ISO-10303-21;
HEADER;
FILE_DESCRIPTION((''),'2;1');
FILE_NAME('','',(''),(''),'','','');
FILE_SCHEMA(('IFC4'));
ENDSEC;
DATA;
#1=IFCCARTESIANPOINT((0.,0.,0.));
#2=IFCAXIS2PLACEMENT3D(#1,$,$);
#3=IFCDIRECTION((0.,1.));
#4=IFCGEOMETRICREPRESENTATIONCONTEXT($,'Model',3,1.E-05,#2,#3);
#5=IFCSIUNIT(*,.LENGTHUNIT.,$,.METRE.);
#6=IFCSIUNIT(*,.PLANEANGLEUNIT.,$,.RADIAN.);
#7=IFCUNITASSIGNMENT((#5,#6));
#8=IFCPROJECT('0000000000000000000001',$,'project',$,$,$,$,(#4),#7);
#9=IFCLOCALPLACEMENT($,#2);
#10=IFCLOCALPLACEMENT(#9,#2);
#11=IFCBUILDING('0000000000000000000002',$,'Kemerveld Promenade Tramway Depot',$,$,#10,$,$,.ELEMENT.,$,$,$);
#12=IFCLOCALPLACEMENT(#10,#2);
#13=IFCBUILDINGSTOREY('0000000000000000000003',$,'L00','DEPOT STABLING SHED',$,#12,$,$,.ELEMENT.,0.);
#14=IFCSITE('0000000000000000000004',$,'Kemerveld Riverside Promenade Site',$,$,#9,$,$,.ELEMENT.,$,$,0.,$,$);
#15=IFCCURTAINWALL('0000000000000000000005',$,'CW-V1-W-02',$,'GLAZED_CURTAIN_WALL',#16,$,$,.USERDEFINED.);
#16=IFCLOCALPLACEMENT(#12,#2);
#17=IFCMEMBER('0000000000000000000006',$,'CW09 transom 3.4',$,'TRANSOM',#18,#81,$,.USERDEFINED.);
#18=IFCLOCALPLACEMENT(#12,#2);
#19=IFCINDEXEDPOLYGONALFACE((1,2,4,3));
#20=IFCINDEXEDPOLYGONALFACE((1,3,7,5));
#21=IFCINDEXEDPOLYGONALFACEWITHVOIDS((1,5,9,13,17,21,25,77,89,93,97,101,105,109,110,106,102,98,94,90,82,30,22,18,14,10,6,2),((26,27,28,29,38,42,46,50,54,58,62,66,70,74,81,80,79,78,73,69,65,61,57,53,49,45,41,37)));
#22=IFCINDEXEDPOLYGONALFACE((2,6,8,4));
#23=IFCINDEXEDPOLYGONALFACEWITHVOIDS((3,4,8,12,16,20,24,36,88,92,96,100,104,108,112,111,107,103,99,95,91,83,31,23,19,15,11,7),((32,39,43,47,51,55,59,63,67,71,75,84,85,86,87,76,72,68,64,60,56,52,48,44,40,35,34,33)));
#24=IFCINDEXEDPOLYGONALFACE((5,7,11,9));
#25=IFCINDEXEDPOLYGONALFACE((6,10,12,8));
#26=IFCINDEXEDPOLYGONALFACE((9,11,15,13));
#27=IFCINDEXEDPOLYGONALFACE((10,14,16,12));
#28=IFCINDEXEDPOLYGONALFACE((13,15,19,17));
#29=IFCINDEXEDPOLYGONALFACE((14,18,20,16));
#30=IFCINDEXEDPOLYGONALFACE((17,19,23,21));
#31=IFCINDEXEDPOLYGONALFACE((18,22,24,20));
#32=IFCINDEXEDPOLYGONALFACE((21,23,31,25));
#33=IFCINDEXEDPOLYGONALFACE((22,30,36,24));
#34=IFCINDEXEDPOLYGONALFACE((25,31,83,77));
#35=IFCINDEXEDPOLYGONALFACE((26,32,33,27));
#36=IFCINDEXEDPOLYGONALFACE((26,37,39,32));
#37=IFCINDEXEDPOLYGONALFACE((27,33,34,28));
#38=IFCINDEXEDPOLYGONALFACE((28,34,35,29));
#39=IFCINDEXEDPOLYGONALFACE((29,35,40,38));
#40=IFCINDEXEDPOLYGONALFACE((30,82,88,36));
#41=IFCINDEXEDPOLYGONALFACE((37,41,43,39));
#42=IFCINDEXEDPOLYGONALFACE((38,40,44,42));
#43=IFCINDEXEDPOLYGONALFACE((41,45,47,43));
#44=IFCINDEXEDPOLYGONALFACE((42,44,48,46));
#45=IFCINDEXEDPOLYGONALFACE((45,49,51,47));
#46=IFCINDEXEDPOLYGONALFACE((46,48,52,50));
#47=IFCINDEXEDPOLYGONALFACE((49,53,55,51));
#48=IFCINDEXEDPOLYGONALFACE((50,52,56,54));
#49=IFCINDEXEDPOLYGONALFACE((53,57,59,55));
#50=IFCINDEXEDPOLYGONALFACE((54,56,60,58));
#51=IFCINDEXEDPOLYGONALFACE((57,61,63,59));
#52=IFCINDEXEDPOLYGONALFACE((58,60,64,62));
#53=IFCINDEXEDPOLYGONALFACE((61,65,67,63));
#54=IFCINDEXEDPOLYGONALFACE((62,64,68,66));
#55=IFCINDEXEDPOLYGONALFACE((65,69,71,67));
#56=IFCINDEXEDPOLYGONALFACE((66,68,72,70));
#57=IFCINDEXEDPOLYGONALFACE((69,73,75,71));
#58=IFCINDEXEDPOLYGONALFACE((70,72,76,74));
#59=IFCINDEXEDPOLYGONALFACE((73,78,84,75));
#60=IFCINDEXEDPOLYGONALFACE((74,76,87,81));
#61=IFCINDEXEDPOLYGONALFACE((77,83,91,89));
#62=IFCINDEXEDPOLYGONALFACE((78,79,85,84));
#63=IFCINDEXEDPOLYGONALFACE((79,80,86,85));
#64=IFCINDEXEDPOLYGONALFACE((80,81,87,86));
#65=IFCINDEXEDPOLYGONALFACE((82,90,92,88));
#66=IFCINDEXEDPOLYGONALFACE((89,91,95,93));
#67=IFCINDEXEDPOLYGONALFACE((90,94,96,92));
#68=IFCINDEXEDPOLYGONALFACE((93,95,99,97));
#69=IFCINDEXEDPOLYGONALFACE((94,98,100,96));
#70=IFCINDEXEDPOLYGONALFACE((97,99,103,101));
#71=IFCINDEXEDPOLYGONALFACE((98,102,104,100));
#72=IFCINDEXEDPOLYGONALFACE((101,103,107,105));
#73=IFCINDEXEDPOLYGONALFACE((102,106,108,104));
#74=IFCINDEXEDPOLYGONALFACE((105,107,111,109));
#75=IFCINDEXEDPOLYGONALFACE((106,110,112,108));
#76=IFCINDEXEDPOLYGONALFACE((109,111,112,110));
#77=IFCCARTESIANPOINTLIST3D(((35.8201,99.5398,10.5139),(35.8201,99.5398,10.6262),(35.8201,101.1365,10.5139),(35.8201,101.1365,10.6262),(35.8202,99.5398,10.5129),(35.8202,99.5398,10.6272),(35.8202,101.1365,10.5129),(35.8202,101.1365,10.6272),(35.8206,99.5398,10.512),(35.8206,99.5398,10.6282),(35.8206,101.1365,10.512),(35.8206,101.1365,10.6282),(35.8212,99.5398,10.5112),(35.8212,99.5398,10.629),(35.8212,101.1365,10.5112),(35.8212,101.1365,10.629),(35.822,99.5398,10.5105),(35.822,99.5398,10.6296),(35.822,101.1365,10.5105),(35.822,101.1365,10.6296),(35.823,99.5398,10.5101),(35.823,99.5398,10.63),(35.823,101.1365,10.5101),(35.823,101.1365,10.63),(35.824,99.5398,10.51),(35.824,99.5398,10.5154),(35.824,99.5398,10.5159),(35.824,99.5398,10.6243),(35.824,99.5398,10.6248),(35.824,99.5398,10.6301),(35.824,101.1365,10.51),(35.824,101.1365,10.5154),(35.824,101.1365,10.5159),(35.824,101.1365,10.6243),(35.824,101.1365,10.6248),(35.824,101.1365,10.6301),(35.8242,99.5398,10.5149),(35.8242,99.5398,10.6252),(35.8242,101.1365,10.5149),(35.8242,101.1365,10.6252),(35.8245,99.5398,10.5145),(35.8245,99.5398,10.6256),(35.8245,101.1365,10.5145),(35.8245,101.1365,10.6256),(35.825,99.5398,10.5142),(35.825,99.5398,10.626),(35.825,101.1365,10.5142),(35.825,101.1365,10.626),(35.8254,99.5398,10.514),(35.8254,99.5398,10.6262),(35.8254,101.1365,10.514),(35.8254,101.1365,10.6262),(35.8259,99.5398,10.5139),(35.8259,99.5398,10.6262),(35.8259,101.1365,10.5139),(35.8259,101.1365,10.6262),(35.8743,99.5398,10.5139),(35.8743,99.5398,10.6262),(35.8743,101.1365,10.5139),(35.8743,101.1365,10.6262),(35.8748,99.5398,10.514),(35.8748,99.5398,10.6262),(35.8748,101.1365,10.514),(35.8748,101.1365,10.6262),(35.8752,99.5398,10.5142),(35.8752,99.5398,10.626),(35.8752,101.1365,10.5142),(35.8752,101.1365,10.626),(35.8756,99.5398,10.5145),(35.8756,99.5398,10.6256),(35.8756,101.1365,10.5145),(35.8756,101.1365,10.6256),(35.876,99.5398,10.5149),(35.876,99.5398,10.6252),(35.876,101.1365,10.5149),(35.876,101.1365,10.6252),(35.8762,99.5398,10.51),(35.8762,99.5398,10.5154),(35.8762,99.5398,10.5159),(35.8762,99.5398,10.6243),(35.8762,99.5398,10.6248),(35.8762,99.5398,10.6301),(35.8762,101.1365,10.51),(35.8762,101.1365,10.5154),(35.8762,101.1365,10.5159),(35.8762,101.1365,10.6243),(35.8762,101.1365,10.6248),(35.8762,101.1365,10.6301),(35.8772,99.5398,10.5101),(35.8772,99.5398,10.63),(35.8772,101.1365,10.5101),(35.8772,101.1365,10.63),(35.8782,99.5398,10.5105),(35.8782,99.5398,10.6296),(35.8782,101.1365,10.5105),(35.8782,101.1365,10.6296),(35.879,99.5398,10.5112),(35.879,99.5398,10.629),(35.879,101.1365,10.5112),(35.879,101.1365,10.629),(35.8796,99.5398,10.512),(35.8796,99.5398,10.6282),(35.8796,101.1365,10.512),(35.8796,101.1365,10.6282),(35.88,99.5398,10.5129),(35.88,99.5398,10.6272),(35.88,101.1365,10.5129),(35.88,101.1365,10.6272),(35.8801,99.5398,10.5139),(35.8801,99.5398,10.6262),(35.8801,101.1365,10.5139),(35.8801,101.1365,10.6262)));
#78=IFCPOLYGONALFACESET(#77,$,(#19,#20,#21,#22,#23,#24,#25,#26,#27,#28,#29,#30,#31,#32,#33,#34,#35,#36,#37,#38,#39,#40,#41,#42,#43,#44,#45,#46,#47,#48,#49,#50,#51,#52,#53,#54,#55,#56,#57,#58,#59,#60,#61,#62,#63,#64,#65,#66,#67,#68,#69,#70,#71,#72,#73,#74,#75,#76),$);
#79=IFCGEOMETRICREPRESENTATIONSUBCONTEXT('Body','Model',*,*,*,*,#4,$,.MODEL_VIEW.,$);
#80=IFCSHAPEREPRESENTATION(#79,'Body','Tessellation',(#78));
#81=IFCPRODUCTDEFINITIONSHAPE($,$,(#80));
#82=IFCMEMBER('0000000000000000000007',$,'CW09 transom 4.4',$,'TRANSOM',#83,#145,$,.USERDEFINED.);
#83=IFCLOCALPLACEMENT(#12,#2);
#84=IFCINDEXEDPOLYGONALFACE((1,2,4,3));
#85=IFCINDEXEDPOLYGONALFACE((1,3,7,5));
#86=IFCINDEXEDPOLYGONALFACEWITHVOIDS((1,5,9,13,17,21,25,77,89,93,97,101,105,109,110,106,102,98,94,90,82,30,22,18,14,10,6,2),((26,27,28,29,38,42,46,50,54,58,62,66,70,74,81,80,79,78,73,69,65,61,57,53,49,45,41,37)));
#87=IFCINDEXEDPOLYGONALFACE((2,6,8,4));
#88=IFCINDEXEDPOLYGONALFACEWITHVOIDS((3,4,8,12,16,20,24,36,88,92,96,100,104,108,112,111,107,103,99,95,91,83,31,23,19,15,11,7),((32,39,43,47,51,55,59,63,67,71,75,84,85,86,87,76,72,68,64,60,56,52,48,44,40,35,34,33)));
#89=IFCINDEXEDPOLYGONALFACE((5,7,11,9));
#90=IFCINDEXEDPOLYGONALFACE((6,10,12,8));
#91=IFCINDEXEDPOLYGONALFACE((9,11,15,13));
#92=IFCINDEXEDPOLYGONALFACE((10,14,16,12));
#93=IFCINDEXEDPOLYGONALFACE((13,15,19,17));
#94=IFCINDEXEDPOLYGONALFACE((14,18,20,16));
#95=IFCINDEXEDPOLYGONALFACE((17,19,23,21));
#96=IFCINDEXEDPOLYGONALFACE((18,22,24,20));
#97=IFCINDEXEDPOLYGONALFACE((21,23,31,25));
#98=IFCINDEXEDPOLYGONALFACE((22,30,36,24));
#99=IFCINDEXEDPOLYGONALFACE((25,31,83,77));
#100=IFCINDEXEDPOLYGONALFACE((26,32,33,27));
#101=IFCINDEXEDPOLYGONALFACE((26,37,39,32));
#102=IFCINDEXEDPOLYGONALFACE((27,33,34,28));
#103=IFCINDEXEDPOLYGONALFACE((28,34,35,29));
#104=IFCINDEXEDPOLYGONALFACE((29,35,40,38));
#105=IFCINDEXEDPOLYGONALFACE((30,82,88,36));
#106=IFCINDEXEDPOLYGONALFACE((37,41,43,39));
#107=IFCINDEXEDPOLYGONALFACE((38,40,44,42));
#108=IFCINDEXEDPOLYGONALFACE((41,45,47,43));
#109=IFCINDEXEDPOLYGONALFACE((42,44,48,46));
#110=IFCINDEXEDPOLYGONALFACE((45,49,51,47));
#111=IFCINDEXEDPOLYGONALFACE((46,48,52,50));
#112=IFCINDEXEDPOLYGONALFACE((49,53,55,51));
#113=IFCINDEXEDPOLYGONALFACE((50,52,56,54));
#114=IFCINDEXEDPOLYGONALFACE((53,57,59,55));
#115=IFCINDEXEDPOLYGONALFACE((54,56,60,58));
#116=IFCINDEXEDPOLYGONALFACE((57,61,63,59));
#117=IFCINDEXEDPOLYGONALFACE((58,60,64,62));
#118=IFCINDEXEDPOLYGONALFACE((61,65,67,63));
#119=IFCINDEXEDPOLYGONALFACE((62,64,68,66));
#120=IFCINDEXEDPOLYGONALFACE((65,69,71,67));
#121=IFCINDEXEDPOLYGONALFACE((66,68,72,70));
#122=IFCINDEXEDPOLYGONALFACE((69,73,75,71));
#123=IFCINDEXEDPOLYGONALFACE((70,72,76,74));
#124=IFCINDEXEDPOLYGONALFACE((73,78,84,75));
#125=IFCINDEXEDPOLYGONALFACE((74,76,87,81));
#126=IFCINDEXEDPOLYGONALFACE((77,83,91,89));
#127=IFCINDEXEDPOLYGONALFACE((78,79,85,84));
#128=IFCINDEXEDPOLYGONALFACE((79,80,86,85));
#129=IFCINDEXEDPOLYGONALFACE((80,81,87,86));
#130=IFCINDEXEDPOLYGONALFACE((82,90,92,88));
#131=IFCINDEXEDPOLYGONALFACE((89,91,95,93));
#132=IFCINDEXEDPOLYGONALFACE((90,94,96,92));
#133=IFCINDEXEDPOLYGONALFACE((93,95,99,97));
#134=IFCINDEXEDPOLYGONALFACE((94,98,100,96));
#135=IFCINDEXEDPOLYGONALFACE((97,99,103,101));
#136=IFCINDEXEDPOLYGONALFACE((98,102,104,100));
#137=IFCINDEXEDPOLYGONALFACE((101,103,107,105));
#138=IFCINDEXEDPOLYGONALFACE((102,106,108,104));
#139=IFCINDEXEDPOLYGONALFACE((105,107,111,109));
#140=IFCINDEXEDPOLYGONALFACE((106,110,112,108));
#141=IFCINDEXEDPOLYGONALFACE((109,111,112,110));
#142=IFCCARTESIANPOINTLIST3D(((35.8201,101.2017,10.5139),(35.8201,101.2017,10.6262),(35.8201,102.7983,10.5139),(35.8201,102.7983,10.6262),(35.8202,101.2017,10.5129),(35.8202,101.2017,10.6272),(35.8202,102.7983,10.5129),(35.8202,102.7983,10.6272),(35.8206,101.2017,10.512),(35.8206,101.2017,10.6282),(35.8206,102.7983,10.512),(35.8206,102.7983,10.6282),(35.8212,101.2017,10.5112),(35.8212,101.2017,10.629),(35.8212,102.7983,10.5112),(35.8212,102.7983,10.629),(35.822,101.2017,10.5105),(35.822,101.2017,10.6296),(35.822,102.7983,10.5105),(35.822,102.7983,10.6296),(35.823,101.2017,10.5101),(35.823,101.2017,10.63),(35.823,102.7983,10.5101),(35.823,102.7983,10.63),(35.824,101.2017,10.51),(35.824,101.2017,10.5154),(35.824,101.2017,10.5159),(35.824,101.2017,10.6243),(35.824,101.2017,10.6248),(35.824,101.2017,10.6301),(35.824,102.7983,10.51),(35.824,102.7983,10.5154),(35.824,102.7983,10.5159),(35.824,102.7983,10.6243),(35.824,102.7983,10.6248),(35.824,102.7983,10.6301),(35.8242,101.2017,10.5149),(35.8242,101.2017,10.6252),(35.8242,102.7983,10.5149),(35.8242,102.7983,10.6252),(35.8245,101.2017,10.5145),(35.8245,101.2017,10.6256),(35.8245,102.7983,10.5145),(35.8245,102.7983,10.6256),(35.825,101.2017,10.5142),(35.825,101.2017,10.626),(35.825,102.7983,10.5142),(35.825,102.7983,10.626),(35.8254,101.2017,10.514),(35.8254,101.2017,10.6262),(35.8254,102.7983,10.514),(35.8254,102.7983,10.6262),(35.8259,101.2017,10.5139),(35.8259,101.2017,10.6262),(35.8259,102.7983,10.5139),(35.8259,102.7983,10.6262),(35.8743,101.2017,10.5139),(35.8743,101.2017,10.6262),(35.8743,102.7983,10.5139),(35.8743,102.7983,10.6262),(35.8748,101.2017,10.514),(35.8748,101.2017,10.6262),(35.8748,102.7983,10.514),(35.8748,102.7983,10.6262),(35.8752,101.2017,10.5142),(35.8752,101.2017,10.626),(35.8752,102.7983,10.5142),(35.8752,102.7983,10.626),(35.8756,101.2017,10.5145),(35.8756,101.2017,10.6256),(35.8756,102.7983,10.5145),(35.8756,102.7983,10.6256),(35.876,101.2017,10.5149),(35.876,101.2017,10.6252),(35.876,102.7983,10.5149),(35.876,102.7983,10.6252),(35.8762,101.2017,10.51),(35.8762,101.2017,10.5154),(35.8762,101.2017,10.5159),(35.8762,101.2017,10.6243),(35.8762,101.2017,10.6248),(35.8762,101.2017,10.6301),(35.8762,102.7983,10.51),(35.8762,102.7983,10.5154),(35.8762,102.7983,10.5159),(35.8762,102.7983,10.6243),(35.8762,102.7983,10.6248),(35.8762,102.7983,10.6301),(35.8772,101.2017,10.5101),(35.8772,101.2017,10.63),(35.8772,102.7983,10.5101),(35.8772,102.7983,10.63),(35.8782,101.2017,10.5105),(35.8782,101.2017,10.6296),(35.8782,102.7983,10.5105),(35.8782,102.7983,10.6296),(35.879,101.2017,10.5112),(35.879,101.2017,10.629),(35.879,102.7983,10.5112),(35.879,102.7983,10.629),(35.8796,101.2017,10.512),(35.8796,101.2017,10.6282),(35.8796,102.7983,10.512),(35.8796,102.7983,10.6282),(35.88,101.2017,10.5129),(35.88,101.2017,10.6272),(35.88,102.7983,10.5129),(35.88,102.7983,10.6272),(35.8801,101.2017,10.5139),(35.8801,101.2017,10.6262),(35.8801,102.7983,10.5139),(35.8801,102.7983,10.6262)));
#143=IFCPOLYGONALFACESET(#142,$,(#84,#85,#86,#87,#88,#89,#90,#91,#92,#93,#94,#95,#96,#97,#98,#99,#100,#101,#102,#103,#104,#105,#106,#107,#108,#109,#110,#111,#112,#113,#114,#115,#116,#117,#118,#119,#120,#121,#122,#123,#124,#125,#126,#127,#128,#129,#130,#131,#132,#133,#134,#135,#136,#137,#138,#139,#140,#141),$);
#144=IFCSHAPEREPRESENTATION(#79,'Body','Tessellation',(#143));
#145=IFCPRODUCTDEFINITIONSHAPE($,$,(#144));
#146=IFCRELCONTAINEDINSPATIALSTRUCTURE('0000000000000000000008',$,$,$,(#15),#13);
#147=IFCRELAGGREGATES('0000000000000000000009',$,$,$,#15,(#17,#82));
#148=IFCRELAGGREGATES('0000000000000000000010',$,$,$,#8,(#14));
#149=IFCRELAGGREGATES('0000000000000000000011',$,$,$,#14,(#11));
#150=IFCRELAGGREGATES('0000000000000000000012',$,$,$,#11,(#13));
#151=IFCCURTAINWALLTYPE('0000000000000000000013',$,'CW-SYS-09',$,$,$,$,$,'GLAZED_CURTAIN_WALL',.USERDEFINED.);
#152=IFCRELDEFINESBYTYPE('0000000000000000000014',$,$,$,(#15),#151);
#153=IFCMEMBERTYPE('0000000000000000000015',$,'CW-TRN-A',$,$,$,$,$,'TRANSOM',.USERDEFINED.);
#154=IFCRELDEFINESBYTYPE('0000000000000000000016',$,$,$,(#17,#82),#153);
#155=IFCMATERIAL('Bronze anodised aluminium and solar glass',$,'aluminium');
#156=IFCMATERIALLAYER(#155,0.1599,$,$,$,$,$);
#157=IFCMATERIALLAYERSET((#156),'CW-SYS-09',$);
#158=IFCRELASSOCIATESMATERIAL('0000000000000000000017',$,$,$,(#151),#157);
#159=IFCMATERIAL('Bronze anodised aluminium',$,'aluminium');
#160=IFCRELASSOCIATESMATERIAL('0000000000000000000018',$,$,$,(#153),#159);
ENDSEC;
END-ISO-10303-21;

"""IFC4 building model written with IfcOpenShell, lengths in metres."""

from ifc_helpers import new_model, si_unit, direction, frame, origin, origin_2d, place, context, subcontext, project, spatial, hollow_rectangle, extrude, material, layer, layer_set, material_profile, profile_set, type_object, element, aggregate, save


model = new_model("IFC4")

# Units and contexts
model_context = context("Model", 3, precision=1e-05, world=origin(), true_north=direction((0.0, 1.0)))
body_context = subcontext(model_context, "Body", "Model", "MODEL_VIEW")
ifc_project = project(units=[si_unit("LENGTHUNIT", "METRE"), si_unit("PLANEANGLEUNIT", "RADIAN")], contexts=[model_context])

# Site, building, storey
site_placement = place(None, origin())
site = spatial("IfcSite", under=ifc_project, at=site_placement, Name="Kemerveld Riverside Promenade Site", CompositionType="ELEMENT", RefElevation=0.0)
building_placement = place(site_placement, origin())
building = spatial("IfcBuilding", under=site, at=building_placement, Name="Kemerveld Promenade Tramway Depot", CompositionType="ELEMENT")
storey_placement = place(building_placement, origin())
storey = spatial("IfcBuildingStorey", under=building, at=storey_placement, Name="L00", Description="DEPOT STABLING SHED", CompositionType="ELEMENT", Elevation=0.0)

# Curtain wall, members
ifc_material_1 = material(Name="Bronze anodised aluminium and solar glass", Category="aluminium")
ifc_layer_1 = layer(ifc_material_1, 0.1599)
ifc_layer_set_1 = layer_set([ifc_layer_1], Name="CW-SYS-09")
curtain_wall_type_1 = type_object("IfcCurtainWallType", Name="CW-SYS-09", ElementType="GLAZED_CURTAIN_WALL", PredefinedType="USERDEFINED", material=ifc_layer_set_1)
curtain_wall_1_placement = place(storey_placement, origin())
curtain_wall_1 = element("IfcCurtainWall", 1, at=curtain_wall_1_placement, inside=storey, type_object=curtain_wall_type_1, Name="CW-V1-W-02", ObjectType="GLAZED_CURTAIN_WALL", PredefinedType="USERDEFINED")
ifc_material_2 = material(Name="Bronze anodised aluminium", Category="aluminium")
ifc_material_profile_1 = material_profile(ifc_material_2, hollow_rectangle(XDim=0.0601, YDim=0.1201, WallThickness=0.0039, InnerFilletRadius=0.002, OuterFilletRadius=0.0039, at=origin_2d()), Name="CW-TRN-120x60")
ifc_profile_set_1 = profile_set([ifc_material_profile_1], Name="Bronze anodised aluminium")
member_type_1 = type_object("IfcMemberType", Name="CW-TRN-A", ElementType="TRANSOM", PredefinedType="USERDEFINED", material=ifc_profile_set_1)
member_1_placement = place(storey_placement, frame((35.8501, 99.5398, 10.5701), z_axis=(0.0, 1.0, 0.0), x_axis=(-1.0, 0.0, 0.0)))
member_1 = element("IfcMember", 2, at=member_1_placement, type_object=member_type_1, Name="CW09 transom 3.4", ObjectType="TRANSOM", PredefinedType="USERDEFINED", context=body_context, shape_type="SweptSolid", body=[
    extrude(hollow_rectangle(XDim=0.0601, YDim=0.1201, WallThickness=0.0039, InnerFilletRadius=0.002, OuterFilletRadius=0.0039, at=origin_2d()), origin(), (0.0, 0.0, 1.0), 1.5967),
])
member_2_placement = place(storey_placement, frame((35.8501, 101.2017, 10.5701), z_axis=(0.0, 1.0, 0.0), x_axis=(-1.0, 0.0, 0.0)))
member_2 = element("IfcMember", 3, at=member_2_placement, type_object=member_type_1, Name="CW09 transom 4.4", ObjectType="TRANSOM", PredefinedType="USERDEFINED", context=body_context, shape_type="SweptSolid", body=[
    extrude(hollow_rectangle(XDim=0.0601, YDim=0.1201, WallThickness=0.0039, InnerFilletRadius=0.002, OuterFilletRadius=0.0039, at=origin_2d()), origin(), (0.0, 0.0, 1.0), 1.5967),
])

aggregate(curtain_wall_1, [member_1, member_2])

save(model, "model.ifc")
